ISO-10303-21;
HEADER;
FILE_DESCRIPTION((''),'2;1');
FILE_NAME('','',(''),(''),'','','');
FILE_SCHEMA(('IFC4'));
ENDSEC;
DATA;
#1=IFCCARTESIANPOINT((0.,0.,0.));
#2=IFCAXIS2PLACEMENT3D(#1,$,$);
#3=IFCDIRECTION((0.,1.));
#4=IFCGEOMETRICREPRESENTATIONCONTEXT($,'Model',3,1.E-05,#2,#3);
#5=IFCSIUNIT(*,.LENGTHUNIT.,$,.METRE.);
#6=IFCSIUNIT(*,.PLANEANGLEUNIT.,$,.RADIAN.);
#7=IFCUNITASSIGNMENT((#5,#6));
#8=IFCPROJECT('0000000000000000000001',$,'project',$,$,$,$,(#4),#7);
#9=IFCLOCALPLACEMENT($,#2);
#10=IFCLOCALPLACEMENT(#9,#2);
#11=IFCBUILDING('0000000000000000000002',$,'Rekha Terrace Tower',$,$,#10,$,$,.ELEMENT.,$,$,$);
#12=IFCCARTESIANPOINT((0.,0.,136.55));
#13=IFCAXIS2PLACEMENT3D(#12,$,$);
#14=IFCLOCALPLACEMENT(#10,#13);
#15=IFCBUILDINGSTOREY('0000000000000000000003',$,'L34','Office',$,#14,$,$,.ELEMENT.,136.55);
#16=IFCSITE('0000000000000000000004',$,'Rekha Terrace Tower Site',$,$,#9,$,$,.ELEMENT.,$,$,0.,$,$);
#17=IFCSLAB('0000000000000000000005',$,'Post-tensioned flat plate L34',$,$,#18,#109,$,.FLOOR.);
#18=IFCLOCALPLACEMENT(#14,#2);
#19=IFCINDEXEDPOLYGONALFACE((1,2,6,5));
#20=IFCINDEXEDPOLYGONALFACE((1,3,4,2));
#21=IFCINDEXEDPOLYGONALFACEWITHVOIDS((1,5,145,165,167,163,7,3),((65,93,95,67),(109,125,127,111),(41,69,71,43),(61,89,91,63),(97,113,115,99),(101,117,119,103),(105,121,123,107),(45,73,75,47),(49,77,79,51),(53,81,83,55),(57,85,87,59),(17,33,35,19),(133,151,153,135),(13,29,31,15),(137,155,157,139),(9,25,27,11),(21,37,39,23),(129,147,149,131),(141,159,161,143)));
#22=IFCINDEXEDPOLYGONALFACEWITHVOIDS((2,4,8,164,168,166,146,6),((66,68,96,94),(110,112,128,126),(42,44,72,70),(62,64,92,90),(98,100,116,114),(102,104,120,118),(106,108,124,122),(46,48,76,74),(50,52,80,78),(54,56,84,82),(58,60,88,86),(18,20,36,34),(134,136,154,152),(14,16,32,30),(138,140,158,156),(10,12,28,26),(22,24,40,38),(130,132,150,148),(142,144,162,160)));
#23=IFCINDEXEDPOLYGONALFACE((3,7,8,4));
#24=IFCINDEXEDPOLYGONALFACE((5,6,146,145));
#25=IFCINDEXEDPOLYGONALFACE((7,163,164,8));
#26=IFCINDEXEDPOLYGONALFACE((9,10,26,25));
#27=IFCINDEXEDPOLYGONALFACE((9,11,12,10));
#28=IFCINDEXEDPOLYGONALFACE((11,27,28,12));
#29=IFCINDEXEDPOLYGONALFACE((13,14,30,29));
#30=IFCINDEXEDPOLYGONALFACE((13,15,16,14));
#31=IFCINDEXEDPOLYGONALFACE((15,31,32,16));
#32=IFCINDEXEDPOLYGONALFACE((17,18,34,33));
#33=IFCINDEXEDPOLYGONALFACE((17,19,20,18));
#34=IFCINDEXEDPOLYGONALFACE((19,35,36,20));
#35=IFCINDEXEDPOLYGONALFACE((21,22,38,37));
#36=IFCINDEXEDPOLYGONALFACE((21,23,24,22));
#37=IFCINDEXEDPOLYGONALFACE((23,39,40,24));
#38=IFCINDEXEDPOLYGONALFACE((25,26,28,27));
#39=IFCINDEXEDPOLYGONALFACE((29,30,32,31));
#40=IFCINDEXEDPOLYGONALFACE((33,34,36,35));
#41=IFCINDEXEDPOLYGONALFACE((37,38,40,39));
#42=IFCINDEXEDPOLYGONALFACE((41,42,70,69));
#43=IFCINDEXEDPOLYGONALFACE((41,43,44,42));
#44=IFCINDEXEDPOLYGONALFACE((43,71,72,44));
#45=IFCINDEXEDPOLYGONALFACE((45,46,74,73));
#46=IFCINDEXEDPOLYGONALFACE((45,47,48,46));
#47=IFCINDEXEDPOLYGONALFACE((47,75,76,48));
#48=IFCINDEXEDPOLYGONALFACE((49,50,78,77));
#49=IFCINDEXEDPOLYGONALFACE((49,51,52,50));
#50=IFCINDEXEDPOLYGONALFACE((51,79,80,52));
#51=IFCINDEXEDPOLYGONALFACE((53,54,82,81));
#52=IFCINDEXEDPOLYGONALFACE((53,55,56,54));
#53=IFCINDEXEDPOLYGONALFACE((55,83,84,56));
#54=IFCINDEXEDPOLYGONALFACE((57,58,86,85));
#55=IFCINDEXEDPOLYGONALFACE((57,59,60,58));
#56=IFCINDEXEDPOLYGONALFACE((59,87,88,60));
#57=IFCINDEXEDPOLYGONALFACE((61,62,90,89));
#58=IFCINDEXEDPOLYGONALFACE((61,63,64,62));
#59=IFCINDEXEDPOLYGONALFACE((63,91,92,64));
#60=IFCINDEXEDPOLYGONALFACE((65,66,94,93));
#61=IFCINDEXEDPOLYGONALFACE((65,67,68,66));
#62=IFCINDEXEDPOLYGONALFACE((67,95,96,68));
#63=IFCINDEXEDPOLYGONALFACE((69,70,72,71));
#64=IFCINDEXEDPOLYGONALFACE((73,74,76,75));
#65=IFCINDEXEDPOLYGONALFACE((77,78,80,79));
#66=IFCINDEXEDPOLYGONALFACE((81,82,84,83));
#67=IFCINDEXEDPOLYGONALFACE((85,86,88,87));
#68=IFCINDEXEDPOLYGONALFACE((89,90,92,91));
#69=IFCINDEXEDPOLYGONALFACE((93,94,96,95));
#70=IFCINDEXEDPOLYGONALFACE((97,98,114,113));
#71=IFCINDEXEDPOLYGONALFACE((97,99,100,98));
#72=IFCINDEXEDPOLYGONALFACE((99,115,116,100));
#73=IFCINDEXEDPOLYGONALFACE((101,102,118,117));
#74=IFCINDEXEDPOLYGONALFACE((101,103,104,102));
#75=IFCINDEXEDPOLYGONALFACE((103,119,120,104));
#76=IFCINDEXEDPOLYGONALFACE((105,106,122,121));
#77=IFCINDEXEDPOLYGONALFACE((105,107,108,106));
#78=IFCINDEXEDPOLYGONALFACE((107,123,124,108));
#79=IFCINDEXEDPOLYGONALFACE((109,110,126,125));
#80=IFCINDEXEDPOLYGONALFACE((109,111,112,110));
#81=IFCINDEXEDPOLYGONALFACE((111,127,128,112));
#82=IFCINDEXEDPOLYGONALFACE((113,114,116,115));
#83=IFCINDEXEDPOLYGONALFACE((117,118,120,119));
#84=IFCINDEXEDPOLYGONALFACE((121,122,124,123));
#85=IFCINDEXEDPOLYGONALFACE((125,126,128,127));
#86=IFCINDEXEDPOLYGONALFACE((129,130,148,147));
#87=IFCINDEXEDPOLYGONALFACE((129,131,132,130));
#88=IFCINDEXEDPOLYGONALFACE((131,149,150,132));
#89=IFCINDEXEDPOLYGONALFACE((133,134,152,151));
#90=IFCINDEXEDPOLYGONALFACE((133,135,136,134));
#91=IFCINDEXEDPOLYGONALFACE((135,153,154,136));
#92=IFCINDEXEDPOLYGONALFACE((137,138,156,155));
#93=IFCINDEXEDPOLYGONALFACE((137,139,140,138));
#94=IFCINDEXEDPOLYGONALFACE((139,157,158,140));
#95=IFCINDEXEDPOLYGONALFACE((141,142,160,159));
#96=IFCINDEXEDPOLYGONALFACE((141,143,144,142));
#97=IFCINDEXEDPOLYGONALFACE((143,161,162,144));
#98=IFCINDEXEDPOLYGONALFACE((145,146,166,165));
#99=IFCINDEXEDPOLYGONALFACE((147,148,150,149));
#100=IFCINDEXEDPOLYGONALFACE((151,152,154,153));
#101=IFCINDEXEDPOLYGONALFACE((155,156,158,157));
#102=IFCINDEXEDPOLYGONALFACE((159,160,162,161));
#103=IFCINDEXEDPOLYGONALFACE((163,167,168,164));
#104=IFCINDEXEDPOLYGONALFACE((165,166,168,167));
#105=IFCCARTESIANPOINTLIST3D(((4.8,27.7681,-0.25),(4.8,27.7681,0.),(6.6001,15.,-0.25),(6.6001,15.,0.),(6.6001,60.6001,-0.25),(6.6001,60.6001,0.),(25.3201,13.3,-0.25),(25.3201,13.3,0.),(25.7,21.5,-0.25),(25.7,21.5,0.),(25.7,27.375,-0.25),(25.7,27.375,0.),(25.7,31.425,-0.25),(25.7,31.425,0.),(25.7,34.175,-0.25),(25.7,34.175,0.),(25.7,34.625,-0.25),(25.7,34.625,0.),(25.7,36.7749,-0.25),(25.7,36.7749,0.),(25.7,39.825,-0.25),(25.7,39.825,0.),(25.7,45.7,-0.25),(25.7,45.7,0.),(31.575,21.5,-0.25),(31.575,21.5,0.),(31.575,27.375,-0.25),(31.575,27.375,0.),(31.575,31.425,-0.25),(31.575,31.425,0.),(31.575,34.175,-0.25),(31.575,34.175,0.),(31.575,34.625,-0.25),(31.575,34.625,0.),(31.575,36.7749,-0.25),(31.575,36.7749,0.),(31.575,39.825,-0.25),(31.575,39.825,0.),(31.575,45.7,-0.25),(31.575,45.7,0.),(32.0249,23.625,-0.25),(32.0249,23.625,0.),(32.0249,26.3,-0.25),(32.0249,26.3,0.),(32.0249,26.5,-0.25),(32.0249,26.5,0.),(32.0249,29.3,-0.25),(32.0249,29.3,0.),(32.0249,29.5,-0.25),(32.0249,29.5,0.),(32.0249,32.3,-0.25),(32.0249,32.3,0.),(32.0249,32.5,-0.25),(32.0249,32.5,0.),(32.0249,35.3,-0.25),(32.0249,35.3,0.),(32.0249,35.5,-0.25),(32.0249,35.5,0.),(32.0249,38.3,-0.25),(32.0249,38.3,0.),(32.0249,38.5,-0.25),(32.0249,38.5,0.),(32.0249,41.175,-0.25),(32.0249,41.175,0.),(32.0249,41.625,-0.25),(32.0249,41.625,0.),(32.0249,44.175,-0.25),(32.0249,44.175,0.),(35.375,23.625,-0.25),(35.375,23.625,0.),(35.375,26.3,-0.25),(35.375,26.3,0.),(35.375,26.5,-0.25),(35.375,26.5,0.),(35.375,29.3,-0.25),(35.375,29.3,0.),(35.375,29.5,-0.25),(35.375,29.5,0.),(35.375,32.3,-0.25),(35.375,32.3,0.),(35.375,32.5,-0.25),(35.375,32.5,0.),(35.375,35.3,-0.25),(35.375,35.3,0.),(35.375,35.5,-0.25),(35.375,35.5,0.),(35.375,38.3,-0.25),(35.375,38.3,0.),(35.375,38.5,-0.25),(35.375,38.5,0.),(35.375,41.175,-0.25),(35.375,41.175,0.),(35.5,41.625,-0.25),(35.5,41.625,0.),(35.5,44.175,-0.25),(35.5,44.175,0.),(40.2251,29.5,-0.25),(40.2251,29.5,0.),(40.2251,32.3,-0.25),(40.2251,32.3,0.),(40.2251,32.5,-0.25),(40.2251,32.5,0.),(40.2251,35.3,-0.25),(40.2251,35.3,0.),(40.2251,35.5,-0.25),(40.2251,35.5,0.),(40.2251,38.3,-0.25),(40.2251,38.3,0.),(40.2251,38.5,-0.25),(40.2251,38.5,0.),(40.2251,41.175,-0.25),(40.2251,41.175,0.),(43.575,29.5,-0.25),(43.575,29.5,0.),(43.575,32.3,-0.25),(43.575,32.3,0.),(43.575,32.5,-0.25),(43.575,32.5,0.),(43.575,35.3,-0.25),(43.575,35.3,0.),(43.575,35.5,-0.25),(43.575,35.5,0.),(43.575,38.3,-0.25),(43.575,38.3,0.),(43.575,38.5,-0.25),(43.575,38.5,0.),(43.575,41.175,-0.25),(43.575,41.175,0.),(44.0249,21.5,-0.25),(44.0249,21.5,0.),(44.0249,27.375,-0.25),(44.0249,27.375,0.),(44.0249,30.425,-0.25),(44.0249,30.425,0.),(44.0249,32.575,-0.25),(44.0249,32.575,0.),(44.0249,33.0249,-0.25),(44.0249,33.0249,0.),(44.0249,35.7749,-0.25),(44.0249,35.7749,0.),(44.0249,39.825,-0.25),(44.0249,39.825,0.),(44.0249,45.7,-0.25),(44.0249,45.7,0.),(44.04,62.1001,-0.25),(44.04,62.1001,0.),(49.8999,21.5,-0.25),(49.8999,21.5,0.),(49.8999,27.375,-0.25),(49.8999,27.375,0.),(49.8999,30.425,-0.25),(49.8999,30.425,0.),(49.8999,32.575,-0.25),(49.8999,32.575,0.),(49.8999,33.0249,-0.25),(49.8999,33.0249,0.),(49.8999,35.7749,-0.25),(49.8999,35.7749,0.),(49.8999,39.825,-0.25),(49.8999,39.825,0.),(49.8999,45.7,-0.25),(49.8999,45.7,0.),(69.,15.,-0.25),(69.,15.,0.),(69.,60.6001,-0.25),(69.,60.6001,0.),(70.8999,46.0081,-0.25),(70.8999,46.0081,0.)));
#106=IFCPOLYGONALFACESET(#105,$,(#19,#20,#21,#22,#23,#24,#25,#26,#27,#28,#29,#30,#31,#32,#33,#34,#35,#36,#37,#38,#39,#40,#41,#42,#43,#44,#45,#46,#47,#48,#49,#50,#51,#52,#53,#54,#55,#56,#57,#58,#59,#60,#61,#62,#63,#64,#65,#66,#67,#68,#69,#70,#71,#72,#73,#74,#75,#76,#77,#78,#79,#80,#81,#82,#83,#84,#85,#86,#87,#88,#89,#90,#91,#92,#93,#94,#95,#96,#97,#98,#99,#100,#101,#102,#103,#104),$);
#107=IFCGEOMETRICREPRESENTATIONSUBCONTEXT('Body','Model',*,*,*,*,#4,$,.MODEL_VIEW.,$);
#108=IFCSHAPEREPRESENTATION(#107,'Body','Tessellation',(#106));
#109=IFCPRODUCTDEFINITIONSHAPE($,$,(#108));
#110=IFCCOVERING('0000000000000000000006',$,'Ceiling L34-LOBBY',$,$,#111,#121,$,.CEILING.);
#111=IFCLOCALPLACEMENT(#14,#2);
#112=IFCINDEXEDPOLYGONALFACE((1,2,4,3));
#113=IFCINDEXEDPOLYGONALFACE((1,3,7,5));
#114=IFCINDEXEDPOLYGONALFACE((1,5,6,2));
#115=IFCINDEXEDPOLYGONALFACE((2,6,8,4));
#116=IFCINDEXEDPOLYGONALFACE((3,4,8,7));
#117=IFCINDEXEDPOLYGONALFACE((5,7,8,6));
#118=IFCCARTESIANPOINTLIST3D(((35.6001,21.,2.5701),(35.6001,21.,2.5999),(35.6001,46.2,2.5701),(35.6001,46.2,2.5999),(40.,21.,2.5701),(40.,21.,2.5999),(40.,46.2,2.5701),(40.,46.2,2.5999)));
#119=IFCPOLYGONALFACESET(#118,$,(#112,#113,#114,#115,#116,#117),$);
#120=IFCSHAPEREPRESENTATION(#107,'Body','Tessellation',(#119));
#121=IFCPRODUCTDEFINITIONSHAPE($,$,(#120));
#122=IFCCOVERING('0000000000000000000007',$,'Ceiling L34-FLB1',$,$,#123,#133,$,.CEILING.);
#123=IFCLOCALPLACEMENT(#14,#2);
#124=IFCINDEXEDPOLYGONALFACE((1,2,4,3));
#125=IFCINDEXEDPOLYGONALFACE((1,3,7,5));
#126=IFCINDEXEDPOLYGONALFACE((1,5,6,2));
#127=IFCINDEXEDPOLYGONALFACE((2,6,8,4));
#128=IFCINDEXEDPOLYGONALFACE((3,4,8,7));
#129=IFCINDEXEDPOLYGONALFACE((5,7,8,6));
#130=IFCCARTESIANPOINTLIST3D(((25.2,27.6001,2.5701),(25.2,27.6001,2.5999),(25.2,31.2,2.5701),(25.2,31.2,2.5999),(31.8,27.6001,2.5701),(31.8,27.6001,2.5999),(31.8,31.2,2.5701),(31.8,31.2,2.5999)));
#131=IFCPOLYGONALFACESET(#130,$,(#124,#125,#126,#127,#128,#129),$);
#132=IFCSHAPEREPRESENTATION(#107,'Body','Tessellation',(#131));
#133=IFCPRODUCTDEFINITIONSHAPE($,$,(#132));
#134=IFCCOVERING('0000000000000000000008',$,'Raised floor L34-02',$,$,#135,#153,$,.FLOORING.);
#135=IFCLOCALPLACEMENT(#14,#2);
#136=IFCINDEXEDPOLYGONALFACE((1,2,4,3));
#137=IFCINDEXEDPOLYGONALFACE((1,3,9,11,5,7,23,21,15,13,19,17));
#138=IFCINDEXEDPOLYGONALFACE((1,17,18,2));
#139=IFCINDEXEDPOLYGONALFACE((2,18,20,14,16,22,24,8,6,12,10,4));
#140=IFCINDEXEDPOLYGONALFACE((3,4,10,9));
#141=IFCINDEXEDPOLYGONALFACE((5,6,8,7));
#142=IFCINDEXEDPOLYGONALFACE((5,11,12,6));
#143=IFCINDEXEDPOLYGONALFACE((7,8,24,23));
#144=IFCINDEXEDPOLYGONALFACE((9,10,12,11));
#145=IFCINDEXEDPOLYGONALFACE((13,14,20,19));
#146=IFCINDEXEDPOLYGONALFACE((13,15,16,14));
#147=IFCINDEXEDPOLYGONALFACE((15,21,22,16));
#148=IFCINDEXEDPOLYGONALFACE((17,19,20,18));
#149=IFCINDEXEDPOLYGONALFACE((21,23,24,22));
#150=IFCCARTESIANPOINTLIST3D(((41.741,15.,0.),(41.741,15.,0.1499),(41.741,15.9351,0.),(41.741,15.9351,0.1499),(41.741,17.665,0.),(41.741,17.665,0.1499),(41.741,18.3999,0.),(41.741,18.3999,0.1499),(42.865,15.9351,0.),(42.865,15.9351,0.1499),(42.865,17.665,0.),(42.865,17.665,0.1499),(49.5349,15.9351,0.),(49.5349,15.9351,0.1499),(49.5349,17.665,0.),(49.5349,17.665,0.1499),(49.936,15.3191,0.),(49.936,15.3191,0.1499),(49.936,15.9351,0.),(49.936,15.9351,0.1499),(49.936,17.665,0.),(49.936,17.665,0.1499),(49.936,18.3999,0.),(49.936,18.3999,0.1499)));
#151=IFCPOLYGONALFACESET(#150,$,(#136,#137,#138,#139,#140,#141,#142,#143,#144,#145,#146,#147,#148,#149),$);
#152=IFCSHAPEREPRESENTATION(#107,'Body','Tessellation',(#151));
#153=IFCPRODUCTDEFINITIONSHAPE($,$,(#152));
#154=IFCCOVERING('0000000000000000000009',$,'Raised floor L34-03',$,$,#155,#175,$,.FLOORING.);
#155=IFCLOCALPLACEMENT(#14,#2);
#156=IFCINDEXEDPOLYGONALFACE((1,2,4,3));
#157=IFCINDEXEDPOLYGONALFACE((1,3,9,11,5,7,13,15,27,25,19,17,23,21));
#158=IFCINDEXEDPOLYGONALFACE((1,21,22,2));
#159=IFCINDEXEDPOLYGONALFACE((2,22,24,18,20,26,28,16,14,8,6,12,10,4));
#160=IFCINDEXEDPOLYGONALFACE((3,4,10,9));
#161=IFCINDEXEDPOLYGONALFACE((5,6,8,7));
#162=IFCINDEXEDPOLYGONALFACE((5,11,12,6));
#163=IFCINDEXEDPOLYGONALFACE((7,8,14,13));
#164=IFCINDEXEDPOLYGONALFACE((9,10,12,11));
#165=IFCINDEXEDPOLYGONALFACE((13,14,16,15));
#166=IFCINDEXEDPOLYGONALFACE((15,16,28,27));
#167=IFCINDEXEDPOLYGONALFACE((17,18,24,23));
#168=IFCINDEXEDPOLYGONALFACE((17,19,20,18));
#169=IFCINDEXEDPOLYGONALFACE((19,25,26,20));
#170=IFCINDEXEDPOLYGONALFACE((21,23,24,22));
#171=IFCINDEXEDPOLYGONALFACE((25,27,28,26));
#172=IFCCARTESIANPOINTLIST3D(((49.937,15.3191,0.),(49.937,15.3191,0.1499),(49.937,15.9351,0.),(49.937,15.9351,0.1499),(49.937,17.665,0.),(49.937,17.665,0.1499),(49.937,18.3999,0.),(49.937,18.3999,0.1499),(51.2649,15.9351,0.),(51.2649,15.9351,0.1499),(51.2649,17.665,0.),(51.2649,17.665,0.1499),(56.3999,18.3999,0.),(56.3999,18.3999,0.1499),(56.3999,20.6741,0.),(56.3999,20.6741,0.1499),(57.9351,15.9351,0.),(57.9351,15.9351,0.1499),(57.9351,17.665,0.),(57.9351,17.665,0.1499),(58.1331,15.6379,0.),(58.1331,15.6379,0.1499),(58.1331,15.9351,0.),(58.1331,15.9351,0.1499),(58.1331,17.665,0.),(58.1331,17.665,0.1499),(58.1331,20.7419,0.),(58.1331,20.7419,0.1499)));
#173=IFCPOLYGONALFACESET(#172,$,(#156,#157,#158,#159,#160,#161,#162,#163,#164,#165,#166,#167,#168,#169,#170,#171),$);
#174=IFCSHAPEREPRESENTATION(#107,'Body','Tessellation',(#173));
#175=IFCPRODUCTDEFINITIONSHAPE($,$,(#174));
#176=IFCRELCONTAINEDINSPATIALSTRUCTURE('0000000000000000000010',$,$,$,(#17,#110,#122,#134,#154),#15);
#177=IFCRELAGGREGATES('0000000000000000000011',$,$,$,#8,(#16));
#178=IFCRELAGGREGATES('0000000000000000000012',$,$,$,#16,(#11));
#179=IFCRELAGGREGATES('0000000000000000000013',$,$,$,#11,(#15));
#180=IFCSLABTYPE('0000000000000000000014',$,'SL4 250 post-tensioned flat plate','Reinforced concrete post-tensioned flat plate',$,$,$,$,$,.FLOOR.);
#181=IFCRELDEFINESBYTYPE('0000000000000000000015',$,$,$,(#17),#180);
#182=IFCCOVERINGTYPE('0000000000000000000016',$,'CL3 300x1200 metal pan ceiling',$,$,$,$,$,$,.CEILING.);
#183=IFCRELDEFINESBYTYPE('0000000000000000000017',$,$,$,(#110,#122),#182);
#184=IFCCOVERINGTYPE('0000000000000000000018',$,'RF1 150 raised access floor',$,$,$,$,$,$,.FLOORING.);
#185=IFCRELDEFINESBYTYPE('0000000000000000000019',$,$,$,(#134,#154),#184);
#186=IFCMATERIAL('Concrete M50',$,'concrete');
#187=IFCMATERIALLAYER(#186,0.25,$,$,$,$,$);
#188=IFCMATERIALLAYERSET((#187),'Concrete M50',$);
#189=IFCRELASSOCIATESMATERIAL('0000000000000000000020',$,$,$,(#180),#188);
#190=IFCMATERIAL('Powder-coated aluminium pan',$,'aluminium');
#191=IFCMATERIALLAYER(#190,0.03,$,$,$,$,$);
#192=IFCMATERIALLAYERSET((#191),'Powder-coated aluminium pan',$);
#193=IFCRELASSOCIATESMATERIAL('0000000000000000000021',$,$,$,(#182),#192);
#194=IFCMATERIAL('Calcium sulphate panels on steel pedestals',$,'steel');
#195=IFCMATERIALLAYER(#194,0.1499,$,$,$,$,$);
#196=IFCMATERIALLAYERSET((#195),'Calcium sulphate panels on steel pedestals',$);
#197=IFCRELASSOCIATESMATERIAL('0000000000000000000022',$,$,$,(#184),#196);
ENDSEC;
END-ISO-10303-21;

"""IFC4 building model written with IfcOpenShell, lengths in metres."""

from ifc_helpers import new_model, si_unit, direction, frame, origin, place, context, subcontext, project, spatial, polyline, outline, extrude, material, layer, layer_set, type_object, element, save


model = new_model("IFC4")

# Units and contexts
model_context = context("Model", 3, precision=1e-05, world=origin(), true_north=direction((0.0, 1.0)))
body_context = subcontext(model_context, "Body", "Model", "MODEL_VIEW")
ifc_project = project(units=[si_unit("LENGTHUNIT", "METRE"), si_unit("PLANEANGLEUNIT", "RADIAN")], contexts=[model_context])

# Site, building, storey
site_placement = place(None, origin())
site = spatial("IfcSite", under=ifc_project, at=site_placement, Name="Rekha Terrace Tower Site", CompositionType="ELEMENT", RefElevation=0.0)
building_placement = place(site_placement, origin())
building = spatial("IfcBuilding", under=site, at=building_placement, Name="Rekha Terrace Tower", CompositionType="ELEMENT")
storey_placement = place(building_placement, frame((0.0, 0.0, 136.55)))
storey = spatial("IfcBuildingStorey", under=building, at=storey_placement, Name="L34", Description="Office", CompositionType="ELEMENT", Elevation=136.55)

# Slab
ifc_material_1 = material(Name="Concrete M50", Category="concrete")
ifc_layer_1 = layer(ifc_material_1, 0.25)
ifc_layer_set_1 = layer_set([ifc_layer_1], Name="Concrete M50")
slab_type_1 = type_object("IfcSlabType", Name="SL4 250 post-tensioned flat plate", Description="Reinforced concrete post-tensioned flat plate", PredefinedType="FLOOR", material=ifc_layer_set_1)
slab_1_placement = place(storey_placement, frame((0.0, 0.0, -0.25)))
element("IfcSlab", 1, at=slab_1_placement, inside=storey, type_object=slab_type_1, Name="Post-tensioned flat plate L34", PredefinedType="FLOOR", context=body_context, shape_type="SweptSolid", body=[
    extrude(outline(polyline([(4.8, 27.7681), (6.6001, 15.0), (25.3201, 13.3), (69.0, 15.0), (70.8999, 46.0081), (69.0, 60.6001), (44.04, 62.1001), (6.6001, 60.6001), (4.8, 27.7681)]), holes=[polyline([(31.575, 27.375), (31.575, 21.5), (25.7, 21.5), (25.7, 27.375), (31.575, 27.375)]), polyline([(35.375, 26.3), (35.375, 23.625), (32.0249, 23.625), (32.0249, 26.3), (35.375, 26.3)]), polyline([(35.375, 29.3), (35.375, 26.5), (32.0249, 26.5), (32.0249, 29.3), (35.375, 29.3)]), polyline([(35.375, 32.3), (35.375, 29.5), (32.0249, 29.5), (32.0249, 32.3), (35.375, 32.3)]), polyline([(31.575, 34.175), (31.575, 31.425), (25.7, 31.425), (25.7, 34.175), (31.575, 34.175)]), polyline([(35.375, 35.3), (35.375, 32.5), (32.0249, 32.5), (32.0249, 35.3), (35.375, 35.3)]), polyline([(31.575, 36.7749), (31.575, 34.625), (25.7, 34.625), (25.7, 36.7749), (31.575, 36.7749)]), polyline([(35.375, 35.5), (32.0249, 35.5), (32.0249, 38.3), (35.375, 38.3), (35.375, 35.5)]), polyline([(35.375, 38.5), (32.0249, 38.5), (32.0249, 41.175), (35.375, 41.175), (35.375, 38.5)]), polyline([(31.575, 45.7), (31.575, 39.825), (25.7, 39.825), (25.7, 45.7), (31.575, 45.7)]), polyline([(49.8999, 27.375), (49.8999, 21.5), (44.0249, 21.5), (44.0249, 27.375), (49.8999, 27.375)]), polyline([(43.575, 32.3), (43.575, 29.5), (40.2251, 29.5), (40.2251, 32.3), (43.575, 32.3)]), polyline([(49.8999, 30.425), (44.0249, 30.425), (44.0249, 32.575), (49.8999, 32.575), (49.8999, 30.425)]), polyline([(43.575, 32.5), (40.2251, 32.5), (40.2251, 35.3), (43.575, 35.3), (43.575, 32.5)]), polyline([(49.8999, 35.7749), (49.8999, 33.0249), (44.0249, 33.0249), (44.0249, 35.7749), (49.8999, 35.7749)]), polyline([(43.575, 38.3), (43.575, 35.5), (40.2251, 35.5), (40.2251, 38.3), (43.575, 38.3)]), polyline([(43.575, 41.175), (43.575, 38.5), (40.2251, 38.5), (40.2251, 41.175), (43.575, 41.175)]), polyline([(49.8999, 39.825), (44.0249, 39.825), (44.0249, 45.7), (49.8999, 45.7), (49.8999, 39.825)]), polyline([(35.5, 41.625), (32.0249, 41.625), (32.0249, 44.175), (35.5, 44.175), (35.5, 41.625)])]), origin(), (0.0, 0.0, 1.0), 0.25),
])

# Coverings
ifc_material_2 = material(Name="Powder-coated aluminium pan", Category="aluminium")
ifc_layer_2 = layer(ifc_material_2, 0.03)
ifc_layer_set_2 = layer_set([ifc_layer_2], Name="Powder-coated aluminium pan")
covering_type_1 = type_object("IfcCoveringType", Name="CL3 300x1200 metal pan ceiling", PredefinedType="CEILING", material=ifc_layer_set_2)
covering_1_placement = place(storey_placement, frame((0.0, 0.0, 2.5701)))
element("IfcCovering", 2, at=covering_1_placement, inside=storey, type_object=covering_type_1, Name="Ceiling L34-LOBBY", PredefinedType="CEILING", context=body_context, shape_type="SweptSolid", body=[
    extrude(outline(polyline([(40.0, 46.2), (35.6001, 46.2), (35.6001, 21.0), (40.0, 21.0), (40.0, 46.2)])), origin(), (0.0, 0.0, 1.0), 0.0298),
])
covering_2_placement = place(storey_placement, frame((0.0, 0.0, 2.5701)))
element("IfcCovering", 3, at=covering_2_placement, inside=storey, type_object=covering_type_1, Name="Ceiling L34-FLB1", PredefinedType="CEILING", context=body_context, shape_type="SweptSolid", body=[
    extrude(outline(polyline([(31.8, 31.2), (25.2, 31.2), (25.2, 27.6001), (31.8, 27.6001), (31.8, 31.2)])), origin(), (0.0, 0.0, 1.0), 0.0298),
])
ifc_material_3 = material(Name="Calcium sulphate panels on steel pedestals", Category="steel")
ifc_layer_3 = layer(ifc_material_3, 0.1499)
ifc_layer_set_3 = layer_set([ifc_layer_3], Name="Calcium sulphate panels on steel pedestals")
covering_type_2 = type_object("IfcCoveringType", Name="RF1 150 raised access floor", PredefinedType="FLOORING", material=ifc_layer_set_3)
covering_3_placement = place(storey_placement, origin())
element("IfcCovering", 4, at=covering_3_placement, inside=storey, type_object=covering_type_2, Name="Raised floor L34-02", PredefinedType="FLOORING", context=body_context, shape_type="SweptSolid", body=[
    extrude(outline(polyline([(49.936, 17.665), (49.936, 18.3999), (41.741, 18.3999), (41.741, 17.665), (42.865, 17.665), (42.865, 15.9351), (41.741, 15.9351), (41.741, 15.0), (49.936, 15.3191), (49.936, 15.9351), (49.5349, 15.9351), (49.5349, 17.665), (49.936, 17.665)])), origin(), (0.0, 0.0, 1.0), 0.1499),
])
covering_4_placement = place(storey_placement, origin())
element("IfcCovering", 5, at=covering_4_placement, inside=storey, type_object=covering_type_2, Name="Raised floor L34-03", PredefinedType="FLOORING", context=body_context, shape_type="SweptSolid", body=[
    extrude(outline(polyline([(56.3999, 20.6741), (56.3999, 18.3999), (49.937, 18.3999), (49.937, 17.665), (51.2649, 17.665), (51.2649, 15.9351), (49.937, 15.9351), (49.937, 15.3191), (58.1331, 15.6379), (58.1331, 15.9351), (57.9351, 15.9351), (57.9351, 17.665), (58.1331, 17.665), (58.1331, 20.7419), (56.3999, 20.6741)])), origin(), (0.0, 0.0, 1.0), 0.1499),
])

save(model, "model.ifc")
